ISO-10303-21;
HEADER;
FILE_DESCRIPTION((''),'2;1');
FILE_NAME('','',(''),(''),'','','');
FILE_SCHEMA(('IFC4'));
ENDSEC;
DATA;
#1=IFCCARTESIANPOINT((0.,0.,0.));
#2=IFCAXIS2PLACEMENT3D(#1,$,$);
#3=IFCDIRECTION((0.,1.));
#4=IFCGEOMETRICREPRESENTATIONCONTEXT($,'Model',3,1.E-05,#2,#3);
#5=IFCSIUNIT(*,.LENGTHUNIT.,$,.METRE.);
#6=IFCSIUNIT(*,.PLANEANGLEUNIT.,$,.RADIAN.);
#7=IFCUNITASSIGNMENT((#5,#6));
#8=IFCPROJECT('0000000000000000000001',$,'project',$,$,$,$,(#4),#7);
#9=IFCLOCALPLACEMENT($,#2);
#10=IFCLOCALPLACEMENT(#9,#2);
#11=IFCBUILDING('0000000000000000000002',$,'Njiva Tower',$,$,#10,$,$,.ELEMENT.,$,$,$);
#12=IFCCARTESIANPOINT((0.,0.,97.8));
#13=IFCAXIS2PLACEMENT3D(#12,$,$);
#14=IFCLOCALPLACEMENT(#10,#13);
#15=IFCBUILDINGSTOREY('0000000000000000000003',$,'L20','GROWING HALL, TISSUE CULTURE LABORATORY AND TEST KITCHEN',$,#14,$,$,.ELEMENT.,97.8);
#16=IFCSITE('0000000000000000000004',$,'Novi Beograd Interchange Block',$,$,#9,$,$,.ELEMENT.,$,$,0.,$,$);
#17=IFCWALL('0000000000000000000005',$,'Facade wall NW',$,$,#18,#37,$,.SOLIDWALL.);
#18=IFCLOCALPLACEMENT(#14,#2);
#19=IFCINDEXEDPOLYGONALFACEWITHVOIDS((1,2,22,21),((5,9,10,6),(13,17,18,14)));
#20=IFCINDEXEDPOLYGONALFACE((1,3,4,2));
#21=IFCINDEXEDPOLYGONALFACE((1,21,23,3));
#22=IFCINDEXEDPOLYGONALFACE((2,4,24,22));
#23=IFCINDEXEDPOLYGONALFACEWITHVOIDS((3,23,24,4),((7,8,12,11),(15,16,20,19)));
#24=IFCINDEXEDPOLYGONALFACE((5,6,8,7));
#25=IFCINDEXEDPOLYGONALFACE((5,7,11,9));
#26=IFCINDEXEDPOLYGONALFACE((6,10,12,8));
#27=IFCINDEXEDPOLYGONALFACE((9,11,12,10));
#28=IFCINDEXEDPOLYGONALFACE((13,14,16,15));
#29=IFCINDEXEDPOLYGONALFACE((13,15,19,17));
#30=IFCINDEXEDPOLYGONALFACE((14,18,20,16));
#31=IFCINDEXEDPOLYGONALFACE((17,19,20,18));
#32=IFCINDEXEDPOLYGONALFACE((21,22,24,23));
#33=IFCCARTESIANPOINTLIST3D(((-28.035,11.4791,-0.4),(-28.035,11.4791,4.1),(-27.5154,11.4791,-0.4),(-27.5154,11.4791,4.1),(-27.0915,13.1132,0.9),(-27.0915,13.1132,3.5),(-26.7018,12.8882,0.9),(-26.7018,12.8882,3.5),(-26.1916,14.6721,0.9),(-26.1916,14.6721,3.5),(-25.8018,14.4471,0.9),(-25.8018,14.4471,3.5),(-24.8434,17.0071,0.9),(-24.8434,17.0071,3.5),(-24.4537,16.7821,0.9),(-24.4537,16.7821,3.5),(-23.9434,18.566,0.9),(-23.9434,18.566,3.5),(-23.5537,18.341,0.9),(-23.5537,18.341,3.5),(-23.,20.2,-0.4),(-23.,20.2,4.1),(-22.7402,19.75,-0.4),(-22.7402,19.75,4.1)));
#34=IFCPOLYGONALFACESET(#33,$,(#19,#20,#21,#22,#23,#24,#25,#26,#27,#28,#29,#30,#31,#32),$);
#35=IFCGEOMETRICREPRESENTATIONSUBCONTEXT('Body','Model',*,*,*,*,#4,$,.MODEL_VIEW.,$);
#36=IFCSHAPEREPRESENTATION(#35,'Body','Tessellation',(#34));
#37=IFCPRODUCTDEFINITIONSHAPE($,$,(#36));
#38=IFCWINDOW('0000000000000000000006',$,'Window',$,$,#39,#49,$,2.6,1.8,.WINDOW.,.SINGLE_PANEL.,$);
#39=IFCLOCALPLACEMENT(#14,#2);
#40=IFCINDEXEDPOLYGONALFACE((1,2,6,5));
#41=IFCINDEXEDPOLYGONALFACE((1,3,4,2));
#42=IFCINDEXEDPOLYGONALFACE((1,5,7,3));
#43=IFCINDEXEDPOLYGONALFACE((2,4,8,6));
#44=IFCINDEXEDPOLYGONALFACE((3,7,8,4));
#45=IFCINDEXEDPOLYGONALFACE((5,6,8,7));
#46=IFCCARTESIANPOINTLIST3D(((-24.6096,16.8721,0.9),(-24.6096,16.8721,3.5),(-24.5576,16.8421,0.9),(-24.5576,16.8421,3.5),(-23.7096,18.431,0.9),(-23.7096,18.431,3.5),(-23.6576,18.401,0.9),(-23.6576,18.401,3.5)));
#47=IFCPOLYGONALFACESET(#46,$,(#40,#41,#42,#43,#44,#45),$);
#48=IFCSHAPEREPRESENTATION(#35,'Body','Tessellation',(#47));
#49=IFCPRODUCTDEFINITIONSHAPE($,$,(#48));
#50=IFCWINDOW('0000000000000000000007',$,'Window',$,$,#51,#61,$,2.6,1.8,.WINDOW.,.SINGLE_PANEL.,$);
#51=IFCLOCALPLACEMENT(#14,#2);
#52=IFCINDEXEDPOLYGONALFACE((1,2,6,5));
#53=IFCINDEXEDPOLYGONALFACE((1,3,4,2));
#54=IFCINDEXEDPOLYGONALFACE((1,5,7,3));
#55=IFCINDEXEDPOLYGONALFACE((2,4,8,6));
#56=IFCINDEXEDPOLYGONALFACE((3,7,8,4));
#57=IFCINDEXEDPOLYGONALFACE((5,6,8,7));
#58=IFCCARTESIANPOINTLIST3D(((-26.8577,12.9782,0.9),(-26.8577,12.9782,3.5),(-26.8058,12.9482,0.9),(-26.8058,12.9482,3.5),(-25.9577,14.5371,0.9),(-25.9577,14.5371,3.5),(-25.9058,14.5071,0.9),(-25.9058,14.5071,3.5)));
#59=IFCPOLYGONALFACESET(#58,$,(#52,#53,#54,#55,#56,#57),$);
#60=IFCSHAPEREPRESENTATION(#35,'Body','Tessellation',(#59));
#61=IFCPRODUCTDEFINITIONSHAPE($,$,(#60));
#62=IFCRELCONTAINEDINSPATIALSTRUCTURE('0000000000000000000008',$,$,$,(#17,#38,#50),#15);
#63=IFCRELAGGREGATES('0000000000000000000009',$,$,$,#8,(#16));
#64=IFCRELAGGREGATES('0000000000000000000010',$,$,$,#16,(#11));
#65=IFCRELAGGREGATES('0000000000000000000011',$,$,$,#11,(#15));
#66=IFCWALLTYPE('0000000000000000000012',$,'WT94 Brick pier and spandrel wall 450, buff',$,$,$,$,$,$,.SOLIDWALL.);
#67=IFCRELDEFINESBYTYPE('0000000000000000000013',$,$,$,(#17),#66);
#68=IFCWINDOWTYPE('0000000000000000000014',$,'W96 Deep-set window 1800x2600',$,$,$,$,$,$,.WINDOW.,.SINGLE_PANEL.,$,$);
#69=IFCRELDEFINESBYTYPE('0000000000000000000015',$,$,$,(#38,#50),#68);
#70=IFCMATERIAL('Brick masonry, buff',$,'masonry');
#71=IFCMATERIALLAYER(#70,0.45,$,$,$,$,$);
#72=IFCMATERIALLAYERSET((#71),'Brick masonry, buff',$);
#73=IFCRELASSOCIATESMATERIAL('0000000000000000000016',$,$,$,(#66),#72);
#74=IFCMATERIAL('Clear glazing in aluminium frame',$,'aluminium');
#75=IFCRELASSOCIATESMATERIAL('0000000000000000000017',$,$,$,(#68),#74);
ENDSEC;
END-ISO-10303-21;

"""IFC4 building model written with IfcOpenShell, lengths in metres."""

from ifc_helpers import new_model, si_unit, direction, frame, frame_2d, origin, place, context, subcontext, project, spatial, polyline, rectangle, outline, extrude, material, layer, layer_set, type_object, element, fill, save


model = new_model("IFC4")

# Units and contexts
model_context = context("Model", 3, precision=1e-05, world=origin(), true_north=direction((0.0, 1.0)))
body_context = subcontext(model_context, "Body", "Model", "MODEL_VIEW")
ifc_project = project(units=[si_unit("LENGTHUNIT", "METRE"), si_unit("PLANEANGLEUNIT", "RADIAN")], contexts=[model_context])

# Site, building, storey
site_placement = place(None, origin())
site = spatial("IfcSite", under=ifc_project, at=site_placement, Name="Novi Beograd Interchange Block", CompositionType="ELEMENT", RefElevation=0.0)
building_placement = place(site_placement, origin())
building = spatial("IfcBuilding", under=site, at=building_placement, Name="Njiva Tower", CompositionType="ELEMENT")
storey_placement = place(building_placement, frame((0.0, 0.0, 97.8)))
storey = spatial("IfcBuildingStorey", under=building, at=storey_placement, Name="L20", Description="GROWING HALL, TISSUE CULTURE LABORATORY AND TEST KITCHEN", CompositionType="ELEMENT", Elevation=97.8)

# Wall, openings, windows
ifc_material_1 = material(Name="Brick masonry, buff", Category="masonry")
ifc_layer_1 = layer(ifc_material_1, 0.45)
ifc_layer_set_1 = layer_set([ifc_layer_1], Name="Brick masonry, buff")
wall_type_1 = type_object("IfcWallType", Name="WT94 Brick pier and spandrel wall 450, buff", PredefinedType="SOLIDWALL", material=ifc_layer_set_1)
wall_1_placement = place(storey_placement, frame((-22.8701, 19.975, -0.4), z_axis=(0.0, 0.0, 1.0), x_axis=(-0.499999, -0.866026, 0.0)))
wall_1 = element("IfcWall", 1, at=wall_1_placement, inside=storey, type_object=wall_type_1, Name="Facade wall NW", PredefinedType="SOLIDWALL", context=body_context, shape_type="SweptSolid", body=[
    extrude(outline(polyline([(-0.1299, -0.225), (9.9401, -0.225), (9.6803, 0.225), (0.1299, 0.225), (-0.1299, -0.225)])), origin(), (0.0, 0.0, 1.0), 4.5),
])
opening_1_placement = place(wall_1_placement, frame((1.7569, 0.0, 1.3)))
opening_1 = element("IfcOpeningElement", 2, at=opening_1_placement, cuts=wall_1, PredefinedType="OPENING", context=body_context, shape_type="SweptSolid", body=[
    extrude(rectangle(XDim=1.8, YDim=2.6, at=frame_2d((0.9, 1.3))), frame((0.0, 0.235, 0.0), z_axis=(0.0, -1.0, 0.0), x_axis=(1.0, 0.0, 0.0)), (0.0, 0.0, 1.0), 0.47),
])
opening_2_placement = place(wall_1_placement, frame((6.2532, 0.0, 1.3)))
opening_2 = element("IfcOpeningElement", 3, at=opening_2_placement, cuts=wall_1, PredefinedType="OPENING", context=body_context, shape_type="SweptSolid", body=[
    extrude(rectangle(XDim=1.8, YDim=2.6, at=frame_2d((0.9, 1.3))), frame((0.0, 0.235, 0.0), z_axis=(0.0, -1.0, 0.0), x_axis=(1.0, 0.0, 0.0)), (0.0, 0.0, 1.0), 0.47),
])
ifc_material_2 = material(Name="Clear glazing in aluminium frame", Category="aluminium")
window_type = type_object("IfcWindowType", Name="W96 Deep-set window 1800x2600", PartitioningType="SINGLE_PANEL", PredefinedType="WINDOW", material=ifc_material_2)
window_1_placement = place(opening_1_placement, origin())
window_1 = element("IfcWindow", 4, at=window_1_placement, inside=storey, type_object=window_type, Name="Window", OverallHeight=2.6, OverallWidth=1.8, PartitioningType="SINGLE_PANEL", PredefinedType="WINDOW", context=body_context, shape_type="SweptSolid", body=[
    extrude(rectangle(XDim=1.8, YDim=2.6, at=frame_2d((0.9, 1.3))), frame((0.0, 0.105, 0.0), z_axis=(0.0, -1.0, 0.0), x_axis=(1.0, 0.0, 0.0)), (0.0, 0.0, 1.0), 0.06),
])
fill(opening_1, window_1)
window_2_placement = place(opening_2_placement, origin())
window_2 = element("IfcWindow", 5, at=window_2_placement, inside=storey, type_object=window_type, Name="Window", OverallHeight=2.6, OverallWidth=1.8, PartitioningType="SINGLE_PANEL", PredefinedType="WINDOW", context=body_context, shape_type="SweptSolid", body=[
    extrude(rectangle(XDim=1.8, YDim=2.6, at=frame_2d((0.9, 1.3))), frame((0.0, 0.105, 0.0), z_axis=(0.0, -1.0, 0.0), x_axis=(1.0, 0.0, 0.0)), (0.0, 0.0, 1.0), 0.06),
])
fill(opening_2, window_2)

save(model, "model.ifc")
